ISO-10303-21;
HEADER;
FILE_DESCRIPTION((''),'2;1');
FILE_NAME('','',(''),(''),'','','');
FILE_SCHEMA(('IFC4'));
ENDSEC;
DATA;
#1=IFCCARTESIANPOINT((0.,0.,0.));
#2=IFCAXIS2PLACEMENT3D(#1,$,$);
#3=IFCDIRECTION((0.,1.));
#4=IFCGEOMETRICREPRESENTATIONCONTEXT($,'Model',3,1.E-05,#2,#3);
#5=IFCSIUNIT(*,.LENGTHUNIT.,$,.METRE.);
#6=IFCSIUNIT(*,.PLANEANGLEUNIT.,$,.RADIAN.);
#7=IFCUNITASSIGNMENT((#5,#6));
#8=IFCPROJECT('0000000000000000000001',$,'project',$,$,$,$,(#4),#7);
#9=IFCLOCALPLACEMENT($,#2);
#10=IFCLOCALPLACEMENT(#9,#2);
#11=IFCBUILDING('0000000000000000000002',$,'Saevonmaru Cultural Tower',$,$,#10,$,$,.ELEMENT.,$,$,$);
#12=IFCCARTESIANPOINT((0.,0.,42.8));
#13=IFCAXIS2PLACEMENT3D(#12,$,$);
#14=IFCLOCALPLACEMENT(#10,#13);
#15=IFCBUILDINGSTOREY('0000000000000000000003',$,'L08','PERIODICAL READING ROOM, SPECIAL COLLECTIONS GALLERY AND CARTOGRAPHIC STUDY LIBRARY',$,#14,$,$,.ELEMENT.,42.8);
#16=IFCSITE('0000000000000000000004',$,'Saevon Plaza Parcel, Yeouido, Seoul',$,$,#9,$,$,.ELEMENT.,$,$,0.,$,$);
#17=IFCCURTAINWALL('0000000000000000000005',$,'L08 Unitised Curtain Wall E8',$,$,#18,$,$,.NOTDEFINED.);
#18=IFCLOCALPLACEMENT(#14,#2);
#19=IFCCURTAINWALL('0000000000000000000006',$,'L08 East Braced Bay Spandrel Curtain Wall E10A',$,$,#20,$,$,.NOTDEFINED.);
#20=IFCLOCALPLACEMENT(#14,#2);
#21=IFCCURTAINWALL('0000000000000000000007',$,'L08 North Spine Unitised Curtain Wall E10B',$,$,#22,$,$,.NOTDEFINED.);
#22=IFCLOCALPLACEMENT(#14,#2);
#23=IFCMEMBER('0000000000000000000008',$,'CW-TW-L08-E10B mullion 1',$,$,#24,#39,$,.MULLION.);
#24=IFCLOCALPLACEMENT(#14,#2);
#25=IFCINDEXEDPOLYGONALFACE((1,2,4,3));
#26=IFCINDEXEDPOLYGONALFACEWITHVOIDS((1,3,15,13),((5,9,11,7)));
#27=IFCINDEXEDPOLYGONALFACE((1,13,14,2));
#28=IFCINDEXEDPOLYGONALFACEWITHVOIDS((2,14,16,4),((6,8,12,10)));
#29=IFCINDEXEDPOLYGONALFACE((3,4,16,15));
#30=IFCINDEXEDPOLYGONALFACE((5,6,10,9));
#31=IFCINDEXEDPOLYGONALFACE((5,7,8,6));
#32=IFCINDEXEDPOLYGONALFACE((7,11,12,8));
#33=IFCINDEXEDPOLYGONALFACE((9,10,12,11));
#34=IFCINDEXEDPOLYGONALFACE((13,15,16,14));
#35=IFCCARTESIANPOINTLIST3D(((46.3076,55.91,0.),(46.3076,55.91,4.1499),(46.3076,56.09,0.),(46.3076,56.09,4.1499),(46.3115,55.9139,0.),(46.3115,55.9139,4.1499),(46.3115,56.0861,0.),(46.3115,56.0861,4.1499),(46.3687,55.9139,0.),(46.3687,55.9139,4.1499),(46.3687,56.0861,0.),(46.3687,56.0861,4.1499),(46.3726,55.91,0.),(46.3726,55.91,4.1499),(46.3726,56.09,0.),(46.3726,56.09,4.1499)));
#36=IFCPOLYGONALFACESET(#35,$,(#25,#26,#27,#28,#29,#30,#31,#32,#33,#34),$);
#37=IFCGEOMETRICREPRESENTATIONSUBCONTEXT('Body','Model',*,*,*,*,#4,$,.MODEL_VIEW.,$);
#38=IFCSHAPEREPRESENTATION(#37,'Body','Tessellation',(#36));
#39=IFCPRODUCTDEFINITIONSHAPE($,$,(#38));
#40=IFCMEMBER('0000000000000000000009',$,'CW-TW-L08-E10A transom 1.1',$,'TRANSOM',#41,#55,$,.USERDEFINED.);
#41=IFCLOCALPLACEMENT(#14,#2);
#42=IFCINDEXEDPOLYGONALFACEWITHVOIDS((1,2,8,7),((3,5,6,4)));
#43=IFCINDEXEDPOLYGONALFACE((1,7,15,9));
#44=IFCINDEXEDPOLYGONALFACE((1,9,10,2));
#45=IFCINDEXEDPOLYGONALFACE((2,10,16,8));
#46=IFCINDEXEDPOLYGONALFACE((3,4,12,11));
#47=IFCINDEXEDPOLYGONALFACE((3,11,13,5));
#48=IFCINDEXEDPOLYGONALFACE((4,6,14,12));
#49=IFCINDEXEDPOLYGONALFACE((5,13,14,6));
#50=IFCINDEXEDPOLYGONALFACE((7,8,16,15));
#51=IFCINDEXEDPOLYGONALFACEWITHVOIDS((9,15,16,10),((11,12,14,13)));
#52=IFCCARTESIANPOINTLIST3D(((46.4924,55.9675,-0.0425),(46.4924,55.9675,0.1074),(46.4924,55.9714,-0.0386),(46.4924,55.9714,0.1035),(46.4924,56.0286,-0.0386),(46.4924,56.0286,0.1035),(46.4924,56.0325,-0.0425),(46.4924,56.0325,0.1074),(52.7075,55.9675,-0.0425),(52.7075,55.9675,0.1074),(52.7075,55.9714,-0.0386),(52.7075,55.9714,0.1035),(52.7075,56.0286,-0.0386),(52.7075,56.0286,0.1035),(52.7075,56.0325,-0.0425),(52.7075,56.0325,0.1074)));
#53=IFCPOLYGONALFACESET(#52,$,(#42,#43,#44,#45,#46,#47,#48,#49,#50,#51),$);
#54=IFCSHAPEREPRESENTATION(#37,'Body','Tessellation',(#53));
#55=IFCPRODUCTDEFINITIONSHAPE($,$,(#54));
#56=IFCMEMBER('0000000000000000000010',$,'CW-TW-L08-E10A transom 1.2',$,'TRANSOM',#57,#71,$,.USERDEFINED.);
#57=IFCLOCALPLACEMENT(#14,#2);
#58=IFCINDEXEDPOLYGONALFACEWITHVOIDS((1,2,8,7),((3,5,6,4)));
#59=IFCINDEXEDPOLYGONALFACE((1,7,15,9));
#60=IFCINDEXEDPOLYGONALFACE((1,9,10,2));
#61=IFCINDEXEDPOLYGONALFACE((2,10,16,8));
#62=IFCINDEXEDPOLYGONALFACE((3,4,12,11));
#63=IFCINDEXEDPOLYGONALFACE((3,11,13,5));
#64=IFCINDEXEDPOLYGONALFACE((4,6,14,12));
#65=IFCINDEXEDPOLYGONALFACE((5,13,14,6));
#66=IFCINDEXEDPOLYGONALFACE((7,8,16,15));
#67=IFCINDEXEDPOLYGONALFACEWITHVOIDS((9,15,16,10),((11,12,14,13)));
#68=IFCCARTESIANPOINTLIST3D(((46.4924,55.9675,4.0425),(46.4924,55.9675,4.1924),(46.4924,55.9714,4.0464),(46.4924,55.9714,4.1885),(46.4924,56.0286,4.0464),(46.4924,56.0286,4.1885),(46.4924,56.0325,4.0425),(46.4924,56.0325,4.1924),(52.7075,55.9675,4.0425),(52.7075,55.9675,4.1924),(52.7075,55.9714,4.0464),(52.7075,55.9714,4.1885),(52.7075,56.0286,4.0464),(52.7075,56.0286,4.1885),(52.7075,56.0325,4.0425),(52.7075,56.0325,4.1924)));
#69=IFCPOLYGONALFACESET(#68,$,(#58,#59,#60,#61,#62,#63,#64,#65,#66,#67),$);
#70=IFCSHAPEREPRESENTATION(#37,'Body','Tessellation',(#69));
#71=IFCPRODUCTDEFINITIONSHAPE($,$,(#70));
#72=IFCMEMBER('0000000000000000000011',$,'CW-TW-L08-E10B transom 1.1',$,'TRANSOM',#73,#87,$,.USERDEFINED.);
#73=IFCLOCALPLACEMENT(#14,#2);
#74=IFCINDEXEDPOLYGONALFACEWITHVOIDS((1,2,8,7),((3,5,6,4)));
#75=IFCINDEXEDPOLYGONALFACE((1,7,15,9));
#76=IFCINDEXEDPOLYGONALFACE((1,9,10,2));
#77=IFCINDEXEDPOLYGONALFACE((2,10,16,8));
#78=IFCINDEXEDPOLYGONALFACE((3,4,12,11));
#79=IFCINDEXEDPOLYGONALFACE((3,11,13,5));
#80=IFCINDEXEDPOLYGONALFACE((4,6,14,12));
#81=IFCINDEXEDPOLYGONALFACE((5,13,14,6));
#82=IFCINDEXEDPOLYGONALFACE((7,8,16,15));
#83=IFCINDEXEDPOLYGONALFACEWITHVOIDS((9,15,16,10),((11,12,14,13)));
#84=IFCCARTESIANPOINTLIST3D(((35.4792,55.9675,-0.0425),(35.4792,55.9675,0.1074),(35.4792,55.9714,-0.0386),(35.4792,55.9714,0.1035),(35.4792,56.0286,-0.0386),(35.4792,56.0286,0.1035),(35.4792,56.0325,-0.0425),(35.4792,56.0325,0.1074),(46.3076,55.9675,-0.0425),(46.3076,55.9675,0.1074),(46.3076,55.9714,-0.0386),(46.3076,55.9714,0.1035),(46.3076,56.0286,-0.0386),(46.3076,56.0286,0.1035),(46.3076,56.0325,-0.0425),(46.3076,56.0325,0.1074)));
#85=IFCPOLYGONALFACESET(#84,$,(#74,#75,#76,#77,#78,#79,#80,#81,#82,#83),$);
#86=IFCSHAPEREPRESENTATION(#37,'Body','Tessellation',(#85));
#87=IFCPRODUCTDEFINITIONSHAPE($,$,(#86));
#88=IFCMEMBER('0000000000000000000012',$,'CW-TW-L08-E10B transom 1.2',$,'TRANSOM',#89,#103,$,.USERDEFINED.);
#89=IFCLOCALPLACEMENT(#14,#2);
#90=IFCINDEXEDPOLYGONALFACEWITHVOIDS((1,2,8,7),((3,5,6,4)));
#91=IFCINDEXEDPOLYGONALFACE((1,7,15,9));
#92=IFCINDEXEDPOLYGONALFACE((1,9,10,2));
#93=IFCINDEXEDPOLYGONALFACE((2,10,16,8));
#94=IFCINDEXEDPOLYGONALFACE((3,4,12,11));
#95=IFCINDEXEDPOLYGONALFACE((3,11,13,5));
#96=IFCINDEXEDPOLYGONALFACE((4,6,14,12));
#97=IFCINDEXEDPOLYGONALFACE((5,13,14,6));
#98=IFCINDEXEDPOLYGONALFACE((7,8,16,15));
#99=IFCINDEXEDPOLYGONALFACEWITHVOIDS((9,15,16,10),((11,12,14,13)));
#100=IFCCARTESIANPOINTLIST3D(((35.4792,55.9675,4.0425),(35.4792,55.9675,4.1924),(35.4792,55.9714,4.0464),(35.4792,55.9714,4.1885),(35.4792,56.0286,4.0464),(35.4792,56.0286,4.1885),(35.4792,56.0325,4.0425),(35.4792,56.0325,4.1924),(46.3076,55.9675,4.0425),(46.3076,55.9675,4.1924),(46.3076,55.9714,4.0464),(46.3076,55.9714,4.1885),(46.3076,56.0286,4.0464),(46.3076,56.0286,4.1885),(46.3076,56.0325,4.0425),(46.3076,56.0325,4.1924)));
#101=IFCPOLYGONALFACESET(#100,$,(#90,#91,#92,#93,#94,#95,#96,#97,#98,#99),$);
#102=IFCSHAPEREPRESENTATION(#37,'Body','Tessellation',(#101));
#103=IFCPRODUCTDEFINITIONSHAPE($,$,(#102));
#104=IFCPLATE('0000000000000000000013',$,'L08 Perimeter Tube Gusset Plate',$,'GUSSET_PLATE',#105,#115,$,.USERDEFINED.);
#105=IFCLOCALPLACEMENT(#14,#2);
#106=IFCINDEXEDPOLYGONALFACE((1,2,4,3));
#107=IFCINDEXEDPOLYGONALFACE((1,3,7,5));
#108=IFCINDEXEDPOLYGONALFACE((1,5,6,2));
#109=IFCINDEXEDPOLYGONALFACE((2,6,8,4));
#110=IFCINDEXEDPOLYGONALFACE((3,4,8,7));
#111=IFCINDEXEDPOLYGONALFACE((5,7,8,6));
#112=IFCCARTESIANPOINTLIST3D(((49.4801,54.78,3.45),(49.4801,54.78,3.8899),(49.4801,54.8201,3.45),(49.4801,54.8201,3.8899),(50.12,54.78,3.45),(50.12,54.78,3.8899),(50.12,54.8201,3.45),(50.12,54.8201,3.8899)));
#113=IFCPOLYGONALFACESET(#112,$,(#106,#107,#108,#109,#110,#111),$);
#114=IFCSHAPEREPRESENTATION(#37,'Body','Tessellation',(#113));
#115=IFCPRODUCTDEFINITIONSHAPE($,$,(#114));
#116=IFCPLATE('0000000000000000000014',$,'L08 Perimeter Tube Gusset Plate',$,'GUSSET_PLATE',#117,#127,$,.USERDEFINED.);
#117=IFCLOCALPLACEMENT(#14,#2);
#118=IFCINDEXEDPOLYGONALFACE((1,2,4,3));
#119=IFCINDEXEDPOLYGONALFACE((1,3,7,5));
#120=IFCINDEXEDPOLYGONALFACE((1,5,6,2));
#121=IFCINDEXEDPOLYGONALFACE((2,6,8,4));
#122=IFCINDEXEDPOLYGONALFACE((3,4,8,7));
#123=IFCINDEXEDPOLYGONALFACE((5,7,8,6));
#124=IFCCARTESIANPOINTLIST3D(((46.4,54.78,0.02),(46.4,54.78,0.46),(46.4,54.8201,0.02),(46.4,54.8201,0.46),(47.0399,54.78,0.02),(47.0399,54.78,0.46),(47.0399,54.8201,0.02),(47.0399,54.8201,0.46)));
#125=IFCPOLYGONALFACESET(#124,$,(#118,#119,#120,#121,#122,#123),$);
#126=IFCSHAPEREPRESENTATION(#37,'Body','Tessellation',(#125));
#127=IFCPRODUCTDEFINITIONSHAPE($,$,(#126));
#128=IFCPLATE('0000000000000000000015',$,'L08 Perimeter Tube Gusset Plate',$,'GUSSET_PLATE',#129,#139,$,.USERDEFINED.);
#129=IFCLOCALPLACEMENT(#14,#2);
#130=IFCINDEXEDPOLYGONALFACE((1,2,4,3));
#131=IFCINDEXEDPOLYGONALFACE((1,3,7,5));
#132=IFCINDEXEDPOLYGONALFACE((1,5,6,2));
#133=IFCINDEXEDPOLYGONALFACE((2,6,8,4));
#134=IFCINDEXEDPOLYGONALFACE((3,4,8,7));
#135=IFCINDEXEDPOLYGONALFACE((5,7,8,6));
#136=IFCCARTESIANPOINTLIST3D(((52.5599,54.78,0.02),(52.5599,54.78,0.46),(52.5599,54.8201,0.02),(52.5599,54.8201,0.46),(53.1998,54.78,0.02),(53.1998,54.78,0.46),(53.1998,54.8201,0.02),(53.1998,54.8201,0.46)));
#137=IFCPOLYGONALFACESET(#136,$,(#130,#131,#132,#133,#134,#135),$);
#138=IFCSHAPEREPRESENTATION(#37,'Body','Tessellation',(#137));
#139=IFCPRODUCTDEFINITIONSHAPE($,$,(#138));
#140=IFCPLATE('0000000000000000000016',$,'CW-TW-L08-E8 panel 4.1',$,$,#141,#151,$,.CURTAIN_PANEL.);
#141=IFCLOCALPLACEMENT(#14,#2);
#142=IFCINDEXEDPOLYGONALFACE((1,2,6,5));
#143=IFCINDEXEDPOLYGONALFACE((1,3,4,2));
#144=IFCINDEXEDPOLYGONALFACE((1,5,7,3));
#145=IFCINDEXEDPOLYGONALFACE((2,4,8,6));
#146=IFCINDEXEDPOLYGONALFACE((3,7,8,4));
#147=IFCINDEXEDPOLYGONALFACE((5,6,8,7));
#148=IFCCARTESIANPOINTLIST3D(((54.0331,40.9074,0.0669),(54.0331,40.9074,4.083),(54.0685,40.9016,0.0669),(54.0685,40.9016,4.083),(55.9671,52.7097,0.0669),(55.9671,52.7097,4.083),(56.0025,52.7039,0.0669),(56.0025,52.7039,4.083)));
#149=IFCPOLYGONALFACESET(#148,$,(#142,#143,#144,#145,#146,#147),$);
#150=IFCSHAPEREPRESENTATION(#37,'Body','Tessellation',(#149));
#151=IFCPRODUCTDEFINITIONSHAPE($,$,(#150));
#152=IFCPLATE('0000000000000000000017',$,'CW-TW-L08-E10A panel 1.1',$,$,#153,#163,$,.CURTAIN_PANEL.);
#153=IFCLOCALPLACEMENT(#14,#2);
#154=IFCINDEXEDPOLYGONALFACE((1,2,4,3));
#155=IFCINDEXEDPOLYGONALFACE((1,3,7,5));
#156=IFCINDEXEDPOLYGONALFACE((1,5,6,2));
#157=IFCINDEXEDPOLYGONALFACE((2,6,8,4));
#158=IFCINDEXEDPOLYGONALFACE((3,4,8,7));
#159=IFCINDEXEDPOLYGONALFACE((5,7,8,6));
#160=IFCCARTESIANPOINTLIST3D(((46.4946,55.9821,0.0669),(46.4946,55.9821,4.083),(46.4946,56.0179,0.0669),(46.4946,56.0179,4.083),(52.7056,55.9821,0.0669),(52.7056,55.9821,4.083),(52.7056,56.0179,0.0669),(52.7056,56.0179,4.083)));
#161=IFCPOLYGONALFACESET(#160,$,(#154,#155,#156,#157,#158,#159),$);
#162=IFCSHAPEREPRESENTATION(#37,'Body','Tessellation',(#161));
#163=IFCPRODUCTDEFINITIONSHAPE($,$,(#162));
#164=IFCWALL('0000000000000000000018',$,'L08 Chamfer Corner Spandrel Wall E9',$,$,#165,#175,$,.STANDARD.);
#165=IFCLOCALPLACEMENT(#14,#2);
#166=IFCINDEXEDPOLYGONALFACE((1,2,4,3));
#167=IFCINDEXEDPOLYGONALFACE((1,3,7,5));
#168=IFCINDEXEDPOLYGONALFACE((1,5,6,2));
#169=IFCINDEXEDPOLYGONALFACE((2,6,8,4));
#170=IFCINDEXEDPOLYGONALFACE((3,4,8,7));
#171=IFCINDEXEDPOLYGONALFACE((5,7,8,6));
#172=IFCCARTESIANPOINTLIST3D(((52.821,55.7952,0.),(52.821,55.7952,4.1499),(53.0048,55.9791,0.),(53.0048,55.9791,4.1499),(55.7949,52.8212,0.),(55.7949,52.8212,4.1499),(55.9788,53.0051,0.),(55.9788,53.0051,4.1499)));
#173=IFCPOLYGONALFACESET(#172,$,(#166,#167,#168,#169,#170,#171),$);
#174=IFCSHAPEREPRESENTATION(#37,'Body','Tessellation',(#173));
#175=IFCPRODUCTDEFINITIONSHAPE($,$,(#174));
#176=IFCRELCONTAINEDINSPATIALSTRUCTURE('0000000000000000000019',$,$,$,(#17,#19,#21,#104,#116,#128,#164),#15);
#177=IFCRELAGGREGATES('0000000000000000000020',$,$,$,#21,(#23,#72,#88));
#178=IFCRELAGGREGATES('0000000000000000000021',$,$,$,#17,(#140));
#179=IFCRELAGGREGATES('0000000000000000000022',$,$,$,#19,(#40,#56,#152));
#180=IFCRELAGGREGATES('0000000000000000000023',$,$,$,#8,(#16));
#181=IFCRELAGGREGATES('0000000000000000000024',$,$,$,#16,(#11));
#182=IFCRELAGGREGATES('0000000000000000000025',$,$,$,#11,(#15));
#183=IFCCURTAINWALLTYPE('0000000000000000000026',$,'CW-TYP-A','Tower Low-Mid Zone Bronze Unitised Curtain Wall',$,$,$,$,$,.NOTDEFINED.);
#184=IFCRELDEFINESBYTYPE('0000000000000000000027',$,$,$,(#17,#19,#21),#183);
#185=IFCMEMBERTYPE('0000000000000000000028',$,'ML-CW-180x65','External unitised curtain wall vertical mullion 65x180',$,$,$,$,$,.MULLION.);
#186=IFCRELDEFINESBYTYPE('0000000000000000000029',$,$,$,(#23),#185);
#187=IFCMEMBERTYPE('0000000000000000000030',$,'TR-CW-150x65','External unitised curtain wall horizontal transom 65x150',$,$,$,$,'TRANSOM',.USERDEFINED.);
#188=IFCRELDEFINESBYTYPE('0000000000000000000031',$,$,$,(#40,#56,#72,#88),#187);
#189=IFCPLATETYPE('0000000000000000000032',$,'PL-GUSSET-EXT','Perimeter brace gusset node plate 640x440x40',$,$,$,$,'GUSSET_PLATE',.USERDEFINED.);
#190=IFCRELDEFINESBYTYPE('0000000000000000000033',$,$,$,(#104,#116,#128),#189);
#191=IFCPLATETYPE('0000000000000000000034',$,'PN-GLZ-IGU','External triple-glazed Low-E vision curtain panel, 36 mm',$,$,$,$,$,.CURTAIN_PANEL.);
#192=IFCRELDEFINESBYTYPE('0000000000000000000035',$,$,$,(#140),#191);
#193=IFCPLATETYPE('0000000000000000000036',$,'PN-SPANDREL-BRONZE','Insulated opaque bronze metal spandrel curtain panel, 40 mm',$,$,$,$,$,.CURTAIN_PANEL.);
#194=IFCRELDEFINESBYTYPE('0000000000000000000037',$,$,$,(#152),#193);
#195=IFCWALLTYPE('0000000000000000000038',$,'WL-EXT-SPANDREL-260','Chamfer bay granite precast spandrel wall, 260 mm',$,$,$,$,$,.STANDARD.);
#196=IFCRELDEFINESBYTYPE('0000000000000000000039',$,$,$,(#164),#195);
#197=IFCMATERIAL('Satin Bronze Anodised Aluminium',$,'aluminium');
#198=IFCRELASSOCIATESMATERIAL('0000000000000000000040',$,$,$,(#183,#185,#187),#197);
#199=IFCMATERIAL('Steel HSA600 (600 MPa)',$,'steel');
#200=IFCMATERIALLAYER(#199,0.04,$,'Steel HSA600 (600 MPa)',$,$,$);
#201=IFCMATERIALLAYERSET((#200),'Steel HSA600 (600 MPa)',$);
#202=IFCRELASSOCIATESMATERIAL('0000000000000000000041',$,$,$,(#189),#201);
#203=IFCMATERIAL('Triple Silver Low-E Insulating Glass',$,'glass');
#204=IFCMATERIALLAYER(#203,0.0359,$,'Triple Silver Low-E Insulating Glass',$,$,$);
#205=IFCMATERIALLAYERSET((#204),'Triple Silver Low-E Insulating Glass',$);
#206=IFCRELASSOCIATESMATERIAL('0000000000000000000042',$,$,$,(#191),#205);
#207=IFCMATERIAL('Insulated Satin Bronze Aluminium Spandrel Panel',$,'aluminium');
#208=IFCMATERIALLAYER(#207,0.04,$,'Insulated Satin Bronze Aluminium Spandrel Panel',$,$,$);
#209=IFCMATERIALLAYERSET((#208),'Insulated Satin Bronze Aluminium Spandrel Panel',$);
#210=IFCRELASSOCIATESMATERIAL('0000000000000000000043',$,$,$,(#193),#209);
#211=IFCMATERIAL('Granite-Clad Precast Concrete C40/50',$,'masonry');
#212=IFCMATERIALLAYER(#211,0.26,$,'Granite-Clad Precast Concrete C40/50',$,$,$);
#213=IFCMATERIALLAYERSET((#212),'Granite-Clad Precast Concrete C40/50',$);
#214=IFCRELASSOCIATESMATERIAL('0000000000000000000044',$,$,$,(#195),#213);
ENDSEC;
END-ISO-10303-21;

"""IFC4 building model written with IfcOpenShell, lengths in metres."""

from ifc_helpers import new_model, si_unit, direction, frame, frame_2d, origin, origin_2d, place, context, subcontext, project, spatial, rectangle, hollow_rectangle, extrude, material, layer, layer_set, material_profile, profile_set, type_object, element, aggregate, save


model = new_model("IFC4")

# Units and contexts
model_context = context("Model", 3, precision=1e-05, world=origin(), true_north=direction((0.0, 1.0)))
body_context = subcontext(model_context, "Body", "Model", "MODEL_VIEW")
ifc_project = project(units=[si_unit("LENGTHUNIT", "METRE"), si_unit("PLANEANGLEUNIT", "RADIAN")], contexts=[model_context])

# Site, building, storey
site_placement = place(None, origin())
site = spatial("IfcSite", under=ifc_project, at=site_placement, Name="Saevon Plaza Parcel, Yeouido, Seoul", CompositionType="ELEMENT", RefElevation=0.0)
building_placement = place(site_placement, origin())
building = spatial("IfcBuilding", under=site, at=building_placement, Name="Saevonmaru Cultural Tower", CompositionType="ELEMENT")
storey_placement = place(building_placement, frame((0.0, 0.0, 42.8)))
storey = spatial("IfcBuildingStorey", under=building, at=storey_placement, Name="L08", Description="PERIODICAL READING ROOM, SPECIAL COLLECTIONS GALLERY AND CARTOGRAPHIC STUDY LIBRARY", CompositionType="ELEMENT", Elevation=42.8)

# Shared definitions
ifc_material_1 = material(Name="Steel HSA600 (600 MPa)", Category="steel")

# Curtain wall
ifc_material_2 = material(Name="Satin Bronze Anodised Aluminium", Category="aluminium")
curtain_wall_type = type_object("IfcCurtainWallType", Name="CW-TYP-A", Description="Tower Low-Mid Zone Bronze Unitised Curtain Wall", PredefinedType="NOTDEFINED", material=ifc_material_2)
curtain_wall_1_placement = place(storey_placement, origin())
curtain_wall_1 = element("IfcCurtainWall", 1, at=curtain_wall_1_placement, inside=storey, type_object=curtain_wall_type, Name="L08 Unitised Curtain Wall E8", PredefinedType="NOTDEFINED")
ifc_material_profile_1 = material_profile(ifc_material_2, hollow_rectangle(XDim=0.0649, YDim=0.1799, WallThickness=0.0039, at=origin_2d()), Name="ALU-MULL-180x65x4")
ifc_profile_set_1 = profile_set([ifc_material_profile_1], Name="Satin Bronze Anodised Aluminium")
member_type_1 = type_object("IfcMemberType", Name="ML-CW-180x65", Description="External unitised curtain wall vertical mullion 65x180", PredefinedType="MULLION", material=ifc_profile_set_1)

# Curtain wall
curtain_wall_2_placement = place(storey_placement, origin())
curtain_wall_2 = element("IfcCurtainWall", 2, at=curtain_wall_2_placement, inside=storey, type_object=curtain_wall_type, Name="L08 East Braced Bay Spandrel Curtain Wall E10A", PredefinedType="NOTDEFINED")

# Curtain wall, member
curtain_wall_3_placement = place(storey_placement, origin())
curtain_wall_3 = element("IfcCurtainWall", 3, at=curtain_wall_3_placement, inside=storey, type_object=curtain_wall_type, Name="L08 North Spine Unitised Curtain Wall E10B", PredefinedType="NOTDEFINED")
member_1_placement = place(storey_placement, frame((46.3401, 56.0, 0.0), z_axis=(0.0, 0.0, 1.0), x_axis=(-1.0, 0.0, 0.0)))
member_1 = element("IfcMember", 4, at=member_1_placement, type_object=member_type_1, Name="CW-TW-L08-E10B mullion 1", PredefinedType="MULLION", context=body_context, shape_type="SweptSolid", body=[
    extrude(hollow_rectangle(XDim=0.0649, YDim=0.1799, WallThickness=0.0039, at=origin_2d()), origin(), (0.0, 0.0, 1.0), 4.1499),
])

# Members
ifc_material_profile_2 = material_profile(ifc_material_2, hollow_rectangle(XDim=0.0649, YDim=0.1499, WallThickness=0.0039, at=origin_2d()), Name="ALU-TRAN-150x65x4")
ifc_profile_set_2 = profile_set([ifc_material_profile_2], Name="Satin Bronze Anodised Aluminium")
member_type_2 = type_object("IfcMemberType", Name="TR-CW-150x65", Description="External unitised curtain wall horizontal transom 65x150", ElementType="TRANSOM", PredefinedType="USERDEFINED", material=ifc_profile_set_2)
member_2_placement = place(storey_placement, frame((52.7075, 56.0, 0.0325), z_axis=(-1.0, 0.0, 0.0), x_axis=(0.0, -1.0, 0.0)))
member_2 = element("IfcMember", 5, at=member_2_placement, type_object=member_type_2, Name="CW-TW-L08-E10A transom 1.1", ObjectType="TRANSOM", PredefinedType="USERDEFINED", context=body_context, shape_type="SweptSolid", body=[
    extrude(hollow_rectangle(XDim=0.0649, YDim=0.1499, WallThickness=0.0039, at=origin_2d()), origin(), (0.0, 0.0, 1.0), 6.2151),
])
member_3_placement = place(storey_placement, frame((52.7075, 56.0, 4.1174), z_axis=(-1.0, 0.0, 0.0), x_axis=(0.0, -1.0, 0.0)))
member_3 = element("IfcMember", 6, at=member_3_placement, type_object=member_type_2, Name="CW-TW-L08-E10A transom 1.2", ObjectType="TRANSOM", PredefinedType="USERDEFINED", context=body_context, shape_type="SweptSolid", body=[
    extrude(hollow_rectangle(XDim=0.0649, YDim=0.1499, WallThickness=0.0039, at=origin_2d()), origin(), (0.0, 0.0, 1.0), 6.2151),
])
member_4_placement = place(storey_placement, frame((46.3076, 56.0, 0.0325), z_axis=(-1.0, 0.0, 0.0), x_axis=(0.0, -1.0, 0.0)))
member_4 = element("IfcMember", 7, at=member_4_placement, type_object=member_type_2, Name="CW-TW-L08-E10B transom 1.1", ObjectType="TRANSOM", PredefinedType="USERDEFINED", context=body_context, shape_type="SweptSolid", body=[
    extrude(hollow_rectangle(XDim=0.0649, YDim=0.1499, WallThickness=0.0039, at=origin_2d()), origin(), (0.0, 0.0, 1.0), 10.8284),
])
member_5_placement = place(storey_placement, frame((46.3076, 56.0, 4.1174), z_axis=(-1.0, 0.0, 0.0), x_axis=(0.0, -1.0, 0.0)))
member_5 = element("IfcMember", 8, at=member_5_placement, type_object=member_type_2, Name="CW-TW-L08-E10B transom 1.2", ObjectType="TRANSOM", PredefinedType="USERDEFINED", context=body_context, shape_type="SweptSolid", body=[
    extrude(hollow_rectangle(XDim=0.0649, YDim=0.1499, WallThickness=0.0039, at=origin_2d()), origin(), (0.0, 0.0, 1.0), 10.8284),
])
aggregate(curtain_wall_3, [member_1, member_4, member_5])

# Plates
ifc_layer_1 = layer(ifc_material_1, 0.04, Name="Steel HSA600 (600 MPa)")
ifc_layer_set_1 = layer_set([ifc_layer_1], Name="Steel HSA600 (600 MPa)")
plate_type_1 = type_object("IfcPlateType", Name="PL-GUSSET-EXT", Description="Perimeter brace gusset node plate 640x440x40", ElementType="GUSSET_PLATE", PredefinedType="USERDEFINED", material=ifc_layer_set_1)
for number, where, z_axis, x_axis, name in (
    (9, (49.8, 54.8, 3.45), (0.0, 0.0, 1.0), (1.0, 0.0, 0.0), "L08 Perimeter Tube Gusset Plate"),
    (10, (46.72, 54.8, 0.02), (0.0, 0.0, 1.0), (1.0, 0.0, 0.0), "L08 Perimeter Tube Gusset Plate"),
    (11, (52.8799, 54.8, 0.02), (0.0, 0.0, 1.0), (1.0, 0.0, 0.0), "L08 Perimeter Tube Gusset Plate"),
):
    element("IfcPlate", number, at=place(storey_placement, frame(where, z_axis=z_axis, x_axis=x_axis)), inside=storey, type_object=plate_type_1, Name=name, ObjectType="GUSSET_PLATE", PredefinedType="USERDEFINED", context=body_context, shape_type="SweptSolid", body=[
        extrude(rectangle(XDim=0.6399, YDim=0.04, at=origin_2d()), origin(), (0.0, 0.0, 1.0), 0.4399),
    ])

# Plates
ifc_material_3 = material(Name="Triple Silver Low-E Insulating Glass", Category="glass")
ifc_layer_2 = layer(ifc_material_3, 0.0359, Name="Triple Silver Low-E Insulating Glass")
ifc_layer_set_2 = layer_set([ifc_layer_2], Name="Triple Silver Low-E Insulating Glass")
plate_type_2 = type_object("IfcPlateType", Name="PN-GLZ-IGU", Description="External triple-glazed Low-E vision curtain panel, 36 mm", PredefinedType="CURTAIN_PANEL", material=ifc_layer_set_2)
plate_1_placement = place(storey_placement, frame((55.0178, 46.8057, 0.0669), z_axis=(0.0, 0.0, 1.0), x_axis=(0.161709, 0.986839, 0.0)))
plate_1 = element("IfcPlate", 12, at=plate_1_placement, type_object=plate_type_2, Name="CW-TW-L08-E8 panel 4.1", PredefinedType="CURTAIN_PANEL", context=body_context, shape_type="SweptSolid", body=[
    extrude(rectangle(XDim=11.9597, YDim=0.0359, at=origin_2d()), origin(), (0.0, 0.0, 1.0), 4.0161),
])
aggregate(curtain_wall_1, [plate_1])
ifc_material_4 = material(Name="Insulated Satin Bronze Aluminium Spandrel Panel", Category="aluminium")
ifc_layer_3 = layer(ifc_material_4, 0.04, Name="Insulated Satin Bronze Aluminium Spandrel Panel")
ifc_layer_set_3 = layer_set([ifc_layer_3], Name="Insulated Satin Bronze Aluminium Spandrel Panel")
plate_type_3 = type_object("IfcPlateType", Name="PN-SPANDREL-BRONZE", Description="Insulated opaque bronze metal spandrel curtain panel, 40 mm", PredefinedType="CURTAIN_PANEL", material=ifc_layer_set_3)
plate_2_placement = place(storey_placement, frame((49.6001, 56.0, 0.0669), z_axis=(0.0, 0.0, 1.0), x_axis=(-1.0, 0.0, 0.0)))
plate_2 = element("IfcPlate", 13, at=plate_2_placement, type_object=plate_type_3, Name="CW-TW-L08-E10A panel 1.1", PredefinedType="CURTAIN_PANEL", context=body_context, shape_type="SweptSolid", body=[
    extrude(rectangle(XDim=6.2109, YDim=0.0359, at=origin_2d()), origin(), (0.0, 0.0, 1.0), 4.0161),
])
aggregate(curtain_wall_2, [member_2, member_3, plate_2])

# Wall
ifc_material_5 = material(Name="Granite-Clad Precast Concrete C40/50", Category="masonry")
ifc_layer_4 = layer(ifc_material_5, 0.26, Name="Granite-Clad Precast Concrete C40/50")
ifc_layer_set_4 = layer_set([ifc_layer_4], Name="Granite-Clad Precast Concrete C40/50")
wall_type_1 = type_object("IfcWallType", Name="WL-EXT-SPANDREL-260", Description="Chamfer bay granite precast spandrel wall, 260 mm", PredefinedType="STANDARD", material=ifc_layer_set_4)
wall_1_placement = place(storey_placement, frame((55.887, 52.9131, 0.0), z_axis=(0.0, 0.0, 1.0), x_axis=(-0.707107, 0.707107, 0.0)))
element("IfcWall", 14, at=wall_1_placement, inside=storey, type_object=wall_type_1, Name="L08 Chamfer Corner Spandrel Wall E9", PredefinedType="STANDARD", context=body_context, shape_type="SweptSolid", body=[
    extrude(rectangle(XDim=4.2058, YDim=0.26, at=frame_2d((2.103, 0.0))), origin(), (0.0, 0.0, 1.0), 4.1499),
])

save(model, "model.ifc")
